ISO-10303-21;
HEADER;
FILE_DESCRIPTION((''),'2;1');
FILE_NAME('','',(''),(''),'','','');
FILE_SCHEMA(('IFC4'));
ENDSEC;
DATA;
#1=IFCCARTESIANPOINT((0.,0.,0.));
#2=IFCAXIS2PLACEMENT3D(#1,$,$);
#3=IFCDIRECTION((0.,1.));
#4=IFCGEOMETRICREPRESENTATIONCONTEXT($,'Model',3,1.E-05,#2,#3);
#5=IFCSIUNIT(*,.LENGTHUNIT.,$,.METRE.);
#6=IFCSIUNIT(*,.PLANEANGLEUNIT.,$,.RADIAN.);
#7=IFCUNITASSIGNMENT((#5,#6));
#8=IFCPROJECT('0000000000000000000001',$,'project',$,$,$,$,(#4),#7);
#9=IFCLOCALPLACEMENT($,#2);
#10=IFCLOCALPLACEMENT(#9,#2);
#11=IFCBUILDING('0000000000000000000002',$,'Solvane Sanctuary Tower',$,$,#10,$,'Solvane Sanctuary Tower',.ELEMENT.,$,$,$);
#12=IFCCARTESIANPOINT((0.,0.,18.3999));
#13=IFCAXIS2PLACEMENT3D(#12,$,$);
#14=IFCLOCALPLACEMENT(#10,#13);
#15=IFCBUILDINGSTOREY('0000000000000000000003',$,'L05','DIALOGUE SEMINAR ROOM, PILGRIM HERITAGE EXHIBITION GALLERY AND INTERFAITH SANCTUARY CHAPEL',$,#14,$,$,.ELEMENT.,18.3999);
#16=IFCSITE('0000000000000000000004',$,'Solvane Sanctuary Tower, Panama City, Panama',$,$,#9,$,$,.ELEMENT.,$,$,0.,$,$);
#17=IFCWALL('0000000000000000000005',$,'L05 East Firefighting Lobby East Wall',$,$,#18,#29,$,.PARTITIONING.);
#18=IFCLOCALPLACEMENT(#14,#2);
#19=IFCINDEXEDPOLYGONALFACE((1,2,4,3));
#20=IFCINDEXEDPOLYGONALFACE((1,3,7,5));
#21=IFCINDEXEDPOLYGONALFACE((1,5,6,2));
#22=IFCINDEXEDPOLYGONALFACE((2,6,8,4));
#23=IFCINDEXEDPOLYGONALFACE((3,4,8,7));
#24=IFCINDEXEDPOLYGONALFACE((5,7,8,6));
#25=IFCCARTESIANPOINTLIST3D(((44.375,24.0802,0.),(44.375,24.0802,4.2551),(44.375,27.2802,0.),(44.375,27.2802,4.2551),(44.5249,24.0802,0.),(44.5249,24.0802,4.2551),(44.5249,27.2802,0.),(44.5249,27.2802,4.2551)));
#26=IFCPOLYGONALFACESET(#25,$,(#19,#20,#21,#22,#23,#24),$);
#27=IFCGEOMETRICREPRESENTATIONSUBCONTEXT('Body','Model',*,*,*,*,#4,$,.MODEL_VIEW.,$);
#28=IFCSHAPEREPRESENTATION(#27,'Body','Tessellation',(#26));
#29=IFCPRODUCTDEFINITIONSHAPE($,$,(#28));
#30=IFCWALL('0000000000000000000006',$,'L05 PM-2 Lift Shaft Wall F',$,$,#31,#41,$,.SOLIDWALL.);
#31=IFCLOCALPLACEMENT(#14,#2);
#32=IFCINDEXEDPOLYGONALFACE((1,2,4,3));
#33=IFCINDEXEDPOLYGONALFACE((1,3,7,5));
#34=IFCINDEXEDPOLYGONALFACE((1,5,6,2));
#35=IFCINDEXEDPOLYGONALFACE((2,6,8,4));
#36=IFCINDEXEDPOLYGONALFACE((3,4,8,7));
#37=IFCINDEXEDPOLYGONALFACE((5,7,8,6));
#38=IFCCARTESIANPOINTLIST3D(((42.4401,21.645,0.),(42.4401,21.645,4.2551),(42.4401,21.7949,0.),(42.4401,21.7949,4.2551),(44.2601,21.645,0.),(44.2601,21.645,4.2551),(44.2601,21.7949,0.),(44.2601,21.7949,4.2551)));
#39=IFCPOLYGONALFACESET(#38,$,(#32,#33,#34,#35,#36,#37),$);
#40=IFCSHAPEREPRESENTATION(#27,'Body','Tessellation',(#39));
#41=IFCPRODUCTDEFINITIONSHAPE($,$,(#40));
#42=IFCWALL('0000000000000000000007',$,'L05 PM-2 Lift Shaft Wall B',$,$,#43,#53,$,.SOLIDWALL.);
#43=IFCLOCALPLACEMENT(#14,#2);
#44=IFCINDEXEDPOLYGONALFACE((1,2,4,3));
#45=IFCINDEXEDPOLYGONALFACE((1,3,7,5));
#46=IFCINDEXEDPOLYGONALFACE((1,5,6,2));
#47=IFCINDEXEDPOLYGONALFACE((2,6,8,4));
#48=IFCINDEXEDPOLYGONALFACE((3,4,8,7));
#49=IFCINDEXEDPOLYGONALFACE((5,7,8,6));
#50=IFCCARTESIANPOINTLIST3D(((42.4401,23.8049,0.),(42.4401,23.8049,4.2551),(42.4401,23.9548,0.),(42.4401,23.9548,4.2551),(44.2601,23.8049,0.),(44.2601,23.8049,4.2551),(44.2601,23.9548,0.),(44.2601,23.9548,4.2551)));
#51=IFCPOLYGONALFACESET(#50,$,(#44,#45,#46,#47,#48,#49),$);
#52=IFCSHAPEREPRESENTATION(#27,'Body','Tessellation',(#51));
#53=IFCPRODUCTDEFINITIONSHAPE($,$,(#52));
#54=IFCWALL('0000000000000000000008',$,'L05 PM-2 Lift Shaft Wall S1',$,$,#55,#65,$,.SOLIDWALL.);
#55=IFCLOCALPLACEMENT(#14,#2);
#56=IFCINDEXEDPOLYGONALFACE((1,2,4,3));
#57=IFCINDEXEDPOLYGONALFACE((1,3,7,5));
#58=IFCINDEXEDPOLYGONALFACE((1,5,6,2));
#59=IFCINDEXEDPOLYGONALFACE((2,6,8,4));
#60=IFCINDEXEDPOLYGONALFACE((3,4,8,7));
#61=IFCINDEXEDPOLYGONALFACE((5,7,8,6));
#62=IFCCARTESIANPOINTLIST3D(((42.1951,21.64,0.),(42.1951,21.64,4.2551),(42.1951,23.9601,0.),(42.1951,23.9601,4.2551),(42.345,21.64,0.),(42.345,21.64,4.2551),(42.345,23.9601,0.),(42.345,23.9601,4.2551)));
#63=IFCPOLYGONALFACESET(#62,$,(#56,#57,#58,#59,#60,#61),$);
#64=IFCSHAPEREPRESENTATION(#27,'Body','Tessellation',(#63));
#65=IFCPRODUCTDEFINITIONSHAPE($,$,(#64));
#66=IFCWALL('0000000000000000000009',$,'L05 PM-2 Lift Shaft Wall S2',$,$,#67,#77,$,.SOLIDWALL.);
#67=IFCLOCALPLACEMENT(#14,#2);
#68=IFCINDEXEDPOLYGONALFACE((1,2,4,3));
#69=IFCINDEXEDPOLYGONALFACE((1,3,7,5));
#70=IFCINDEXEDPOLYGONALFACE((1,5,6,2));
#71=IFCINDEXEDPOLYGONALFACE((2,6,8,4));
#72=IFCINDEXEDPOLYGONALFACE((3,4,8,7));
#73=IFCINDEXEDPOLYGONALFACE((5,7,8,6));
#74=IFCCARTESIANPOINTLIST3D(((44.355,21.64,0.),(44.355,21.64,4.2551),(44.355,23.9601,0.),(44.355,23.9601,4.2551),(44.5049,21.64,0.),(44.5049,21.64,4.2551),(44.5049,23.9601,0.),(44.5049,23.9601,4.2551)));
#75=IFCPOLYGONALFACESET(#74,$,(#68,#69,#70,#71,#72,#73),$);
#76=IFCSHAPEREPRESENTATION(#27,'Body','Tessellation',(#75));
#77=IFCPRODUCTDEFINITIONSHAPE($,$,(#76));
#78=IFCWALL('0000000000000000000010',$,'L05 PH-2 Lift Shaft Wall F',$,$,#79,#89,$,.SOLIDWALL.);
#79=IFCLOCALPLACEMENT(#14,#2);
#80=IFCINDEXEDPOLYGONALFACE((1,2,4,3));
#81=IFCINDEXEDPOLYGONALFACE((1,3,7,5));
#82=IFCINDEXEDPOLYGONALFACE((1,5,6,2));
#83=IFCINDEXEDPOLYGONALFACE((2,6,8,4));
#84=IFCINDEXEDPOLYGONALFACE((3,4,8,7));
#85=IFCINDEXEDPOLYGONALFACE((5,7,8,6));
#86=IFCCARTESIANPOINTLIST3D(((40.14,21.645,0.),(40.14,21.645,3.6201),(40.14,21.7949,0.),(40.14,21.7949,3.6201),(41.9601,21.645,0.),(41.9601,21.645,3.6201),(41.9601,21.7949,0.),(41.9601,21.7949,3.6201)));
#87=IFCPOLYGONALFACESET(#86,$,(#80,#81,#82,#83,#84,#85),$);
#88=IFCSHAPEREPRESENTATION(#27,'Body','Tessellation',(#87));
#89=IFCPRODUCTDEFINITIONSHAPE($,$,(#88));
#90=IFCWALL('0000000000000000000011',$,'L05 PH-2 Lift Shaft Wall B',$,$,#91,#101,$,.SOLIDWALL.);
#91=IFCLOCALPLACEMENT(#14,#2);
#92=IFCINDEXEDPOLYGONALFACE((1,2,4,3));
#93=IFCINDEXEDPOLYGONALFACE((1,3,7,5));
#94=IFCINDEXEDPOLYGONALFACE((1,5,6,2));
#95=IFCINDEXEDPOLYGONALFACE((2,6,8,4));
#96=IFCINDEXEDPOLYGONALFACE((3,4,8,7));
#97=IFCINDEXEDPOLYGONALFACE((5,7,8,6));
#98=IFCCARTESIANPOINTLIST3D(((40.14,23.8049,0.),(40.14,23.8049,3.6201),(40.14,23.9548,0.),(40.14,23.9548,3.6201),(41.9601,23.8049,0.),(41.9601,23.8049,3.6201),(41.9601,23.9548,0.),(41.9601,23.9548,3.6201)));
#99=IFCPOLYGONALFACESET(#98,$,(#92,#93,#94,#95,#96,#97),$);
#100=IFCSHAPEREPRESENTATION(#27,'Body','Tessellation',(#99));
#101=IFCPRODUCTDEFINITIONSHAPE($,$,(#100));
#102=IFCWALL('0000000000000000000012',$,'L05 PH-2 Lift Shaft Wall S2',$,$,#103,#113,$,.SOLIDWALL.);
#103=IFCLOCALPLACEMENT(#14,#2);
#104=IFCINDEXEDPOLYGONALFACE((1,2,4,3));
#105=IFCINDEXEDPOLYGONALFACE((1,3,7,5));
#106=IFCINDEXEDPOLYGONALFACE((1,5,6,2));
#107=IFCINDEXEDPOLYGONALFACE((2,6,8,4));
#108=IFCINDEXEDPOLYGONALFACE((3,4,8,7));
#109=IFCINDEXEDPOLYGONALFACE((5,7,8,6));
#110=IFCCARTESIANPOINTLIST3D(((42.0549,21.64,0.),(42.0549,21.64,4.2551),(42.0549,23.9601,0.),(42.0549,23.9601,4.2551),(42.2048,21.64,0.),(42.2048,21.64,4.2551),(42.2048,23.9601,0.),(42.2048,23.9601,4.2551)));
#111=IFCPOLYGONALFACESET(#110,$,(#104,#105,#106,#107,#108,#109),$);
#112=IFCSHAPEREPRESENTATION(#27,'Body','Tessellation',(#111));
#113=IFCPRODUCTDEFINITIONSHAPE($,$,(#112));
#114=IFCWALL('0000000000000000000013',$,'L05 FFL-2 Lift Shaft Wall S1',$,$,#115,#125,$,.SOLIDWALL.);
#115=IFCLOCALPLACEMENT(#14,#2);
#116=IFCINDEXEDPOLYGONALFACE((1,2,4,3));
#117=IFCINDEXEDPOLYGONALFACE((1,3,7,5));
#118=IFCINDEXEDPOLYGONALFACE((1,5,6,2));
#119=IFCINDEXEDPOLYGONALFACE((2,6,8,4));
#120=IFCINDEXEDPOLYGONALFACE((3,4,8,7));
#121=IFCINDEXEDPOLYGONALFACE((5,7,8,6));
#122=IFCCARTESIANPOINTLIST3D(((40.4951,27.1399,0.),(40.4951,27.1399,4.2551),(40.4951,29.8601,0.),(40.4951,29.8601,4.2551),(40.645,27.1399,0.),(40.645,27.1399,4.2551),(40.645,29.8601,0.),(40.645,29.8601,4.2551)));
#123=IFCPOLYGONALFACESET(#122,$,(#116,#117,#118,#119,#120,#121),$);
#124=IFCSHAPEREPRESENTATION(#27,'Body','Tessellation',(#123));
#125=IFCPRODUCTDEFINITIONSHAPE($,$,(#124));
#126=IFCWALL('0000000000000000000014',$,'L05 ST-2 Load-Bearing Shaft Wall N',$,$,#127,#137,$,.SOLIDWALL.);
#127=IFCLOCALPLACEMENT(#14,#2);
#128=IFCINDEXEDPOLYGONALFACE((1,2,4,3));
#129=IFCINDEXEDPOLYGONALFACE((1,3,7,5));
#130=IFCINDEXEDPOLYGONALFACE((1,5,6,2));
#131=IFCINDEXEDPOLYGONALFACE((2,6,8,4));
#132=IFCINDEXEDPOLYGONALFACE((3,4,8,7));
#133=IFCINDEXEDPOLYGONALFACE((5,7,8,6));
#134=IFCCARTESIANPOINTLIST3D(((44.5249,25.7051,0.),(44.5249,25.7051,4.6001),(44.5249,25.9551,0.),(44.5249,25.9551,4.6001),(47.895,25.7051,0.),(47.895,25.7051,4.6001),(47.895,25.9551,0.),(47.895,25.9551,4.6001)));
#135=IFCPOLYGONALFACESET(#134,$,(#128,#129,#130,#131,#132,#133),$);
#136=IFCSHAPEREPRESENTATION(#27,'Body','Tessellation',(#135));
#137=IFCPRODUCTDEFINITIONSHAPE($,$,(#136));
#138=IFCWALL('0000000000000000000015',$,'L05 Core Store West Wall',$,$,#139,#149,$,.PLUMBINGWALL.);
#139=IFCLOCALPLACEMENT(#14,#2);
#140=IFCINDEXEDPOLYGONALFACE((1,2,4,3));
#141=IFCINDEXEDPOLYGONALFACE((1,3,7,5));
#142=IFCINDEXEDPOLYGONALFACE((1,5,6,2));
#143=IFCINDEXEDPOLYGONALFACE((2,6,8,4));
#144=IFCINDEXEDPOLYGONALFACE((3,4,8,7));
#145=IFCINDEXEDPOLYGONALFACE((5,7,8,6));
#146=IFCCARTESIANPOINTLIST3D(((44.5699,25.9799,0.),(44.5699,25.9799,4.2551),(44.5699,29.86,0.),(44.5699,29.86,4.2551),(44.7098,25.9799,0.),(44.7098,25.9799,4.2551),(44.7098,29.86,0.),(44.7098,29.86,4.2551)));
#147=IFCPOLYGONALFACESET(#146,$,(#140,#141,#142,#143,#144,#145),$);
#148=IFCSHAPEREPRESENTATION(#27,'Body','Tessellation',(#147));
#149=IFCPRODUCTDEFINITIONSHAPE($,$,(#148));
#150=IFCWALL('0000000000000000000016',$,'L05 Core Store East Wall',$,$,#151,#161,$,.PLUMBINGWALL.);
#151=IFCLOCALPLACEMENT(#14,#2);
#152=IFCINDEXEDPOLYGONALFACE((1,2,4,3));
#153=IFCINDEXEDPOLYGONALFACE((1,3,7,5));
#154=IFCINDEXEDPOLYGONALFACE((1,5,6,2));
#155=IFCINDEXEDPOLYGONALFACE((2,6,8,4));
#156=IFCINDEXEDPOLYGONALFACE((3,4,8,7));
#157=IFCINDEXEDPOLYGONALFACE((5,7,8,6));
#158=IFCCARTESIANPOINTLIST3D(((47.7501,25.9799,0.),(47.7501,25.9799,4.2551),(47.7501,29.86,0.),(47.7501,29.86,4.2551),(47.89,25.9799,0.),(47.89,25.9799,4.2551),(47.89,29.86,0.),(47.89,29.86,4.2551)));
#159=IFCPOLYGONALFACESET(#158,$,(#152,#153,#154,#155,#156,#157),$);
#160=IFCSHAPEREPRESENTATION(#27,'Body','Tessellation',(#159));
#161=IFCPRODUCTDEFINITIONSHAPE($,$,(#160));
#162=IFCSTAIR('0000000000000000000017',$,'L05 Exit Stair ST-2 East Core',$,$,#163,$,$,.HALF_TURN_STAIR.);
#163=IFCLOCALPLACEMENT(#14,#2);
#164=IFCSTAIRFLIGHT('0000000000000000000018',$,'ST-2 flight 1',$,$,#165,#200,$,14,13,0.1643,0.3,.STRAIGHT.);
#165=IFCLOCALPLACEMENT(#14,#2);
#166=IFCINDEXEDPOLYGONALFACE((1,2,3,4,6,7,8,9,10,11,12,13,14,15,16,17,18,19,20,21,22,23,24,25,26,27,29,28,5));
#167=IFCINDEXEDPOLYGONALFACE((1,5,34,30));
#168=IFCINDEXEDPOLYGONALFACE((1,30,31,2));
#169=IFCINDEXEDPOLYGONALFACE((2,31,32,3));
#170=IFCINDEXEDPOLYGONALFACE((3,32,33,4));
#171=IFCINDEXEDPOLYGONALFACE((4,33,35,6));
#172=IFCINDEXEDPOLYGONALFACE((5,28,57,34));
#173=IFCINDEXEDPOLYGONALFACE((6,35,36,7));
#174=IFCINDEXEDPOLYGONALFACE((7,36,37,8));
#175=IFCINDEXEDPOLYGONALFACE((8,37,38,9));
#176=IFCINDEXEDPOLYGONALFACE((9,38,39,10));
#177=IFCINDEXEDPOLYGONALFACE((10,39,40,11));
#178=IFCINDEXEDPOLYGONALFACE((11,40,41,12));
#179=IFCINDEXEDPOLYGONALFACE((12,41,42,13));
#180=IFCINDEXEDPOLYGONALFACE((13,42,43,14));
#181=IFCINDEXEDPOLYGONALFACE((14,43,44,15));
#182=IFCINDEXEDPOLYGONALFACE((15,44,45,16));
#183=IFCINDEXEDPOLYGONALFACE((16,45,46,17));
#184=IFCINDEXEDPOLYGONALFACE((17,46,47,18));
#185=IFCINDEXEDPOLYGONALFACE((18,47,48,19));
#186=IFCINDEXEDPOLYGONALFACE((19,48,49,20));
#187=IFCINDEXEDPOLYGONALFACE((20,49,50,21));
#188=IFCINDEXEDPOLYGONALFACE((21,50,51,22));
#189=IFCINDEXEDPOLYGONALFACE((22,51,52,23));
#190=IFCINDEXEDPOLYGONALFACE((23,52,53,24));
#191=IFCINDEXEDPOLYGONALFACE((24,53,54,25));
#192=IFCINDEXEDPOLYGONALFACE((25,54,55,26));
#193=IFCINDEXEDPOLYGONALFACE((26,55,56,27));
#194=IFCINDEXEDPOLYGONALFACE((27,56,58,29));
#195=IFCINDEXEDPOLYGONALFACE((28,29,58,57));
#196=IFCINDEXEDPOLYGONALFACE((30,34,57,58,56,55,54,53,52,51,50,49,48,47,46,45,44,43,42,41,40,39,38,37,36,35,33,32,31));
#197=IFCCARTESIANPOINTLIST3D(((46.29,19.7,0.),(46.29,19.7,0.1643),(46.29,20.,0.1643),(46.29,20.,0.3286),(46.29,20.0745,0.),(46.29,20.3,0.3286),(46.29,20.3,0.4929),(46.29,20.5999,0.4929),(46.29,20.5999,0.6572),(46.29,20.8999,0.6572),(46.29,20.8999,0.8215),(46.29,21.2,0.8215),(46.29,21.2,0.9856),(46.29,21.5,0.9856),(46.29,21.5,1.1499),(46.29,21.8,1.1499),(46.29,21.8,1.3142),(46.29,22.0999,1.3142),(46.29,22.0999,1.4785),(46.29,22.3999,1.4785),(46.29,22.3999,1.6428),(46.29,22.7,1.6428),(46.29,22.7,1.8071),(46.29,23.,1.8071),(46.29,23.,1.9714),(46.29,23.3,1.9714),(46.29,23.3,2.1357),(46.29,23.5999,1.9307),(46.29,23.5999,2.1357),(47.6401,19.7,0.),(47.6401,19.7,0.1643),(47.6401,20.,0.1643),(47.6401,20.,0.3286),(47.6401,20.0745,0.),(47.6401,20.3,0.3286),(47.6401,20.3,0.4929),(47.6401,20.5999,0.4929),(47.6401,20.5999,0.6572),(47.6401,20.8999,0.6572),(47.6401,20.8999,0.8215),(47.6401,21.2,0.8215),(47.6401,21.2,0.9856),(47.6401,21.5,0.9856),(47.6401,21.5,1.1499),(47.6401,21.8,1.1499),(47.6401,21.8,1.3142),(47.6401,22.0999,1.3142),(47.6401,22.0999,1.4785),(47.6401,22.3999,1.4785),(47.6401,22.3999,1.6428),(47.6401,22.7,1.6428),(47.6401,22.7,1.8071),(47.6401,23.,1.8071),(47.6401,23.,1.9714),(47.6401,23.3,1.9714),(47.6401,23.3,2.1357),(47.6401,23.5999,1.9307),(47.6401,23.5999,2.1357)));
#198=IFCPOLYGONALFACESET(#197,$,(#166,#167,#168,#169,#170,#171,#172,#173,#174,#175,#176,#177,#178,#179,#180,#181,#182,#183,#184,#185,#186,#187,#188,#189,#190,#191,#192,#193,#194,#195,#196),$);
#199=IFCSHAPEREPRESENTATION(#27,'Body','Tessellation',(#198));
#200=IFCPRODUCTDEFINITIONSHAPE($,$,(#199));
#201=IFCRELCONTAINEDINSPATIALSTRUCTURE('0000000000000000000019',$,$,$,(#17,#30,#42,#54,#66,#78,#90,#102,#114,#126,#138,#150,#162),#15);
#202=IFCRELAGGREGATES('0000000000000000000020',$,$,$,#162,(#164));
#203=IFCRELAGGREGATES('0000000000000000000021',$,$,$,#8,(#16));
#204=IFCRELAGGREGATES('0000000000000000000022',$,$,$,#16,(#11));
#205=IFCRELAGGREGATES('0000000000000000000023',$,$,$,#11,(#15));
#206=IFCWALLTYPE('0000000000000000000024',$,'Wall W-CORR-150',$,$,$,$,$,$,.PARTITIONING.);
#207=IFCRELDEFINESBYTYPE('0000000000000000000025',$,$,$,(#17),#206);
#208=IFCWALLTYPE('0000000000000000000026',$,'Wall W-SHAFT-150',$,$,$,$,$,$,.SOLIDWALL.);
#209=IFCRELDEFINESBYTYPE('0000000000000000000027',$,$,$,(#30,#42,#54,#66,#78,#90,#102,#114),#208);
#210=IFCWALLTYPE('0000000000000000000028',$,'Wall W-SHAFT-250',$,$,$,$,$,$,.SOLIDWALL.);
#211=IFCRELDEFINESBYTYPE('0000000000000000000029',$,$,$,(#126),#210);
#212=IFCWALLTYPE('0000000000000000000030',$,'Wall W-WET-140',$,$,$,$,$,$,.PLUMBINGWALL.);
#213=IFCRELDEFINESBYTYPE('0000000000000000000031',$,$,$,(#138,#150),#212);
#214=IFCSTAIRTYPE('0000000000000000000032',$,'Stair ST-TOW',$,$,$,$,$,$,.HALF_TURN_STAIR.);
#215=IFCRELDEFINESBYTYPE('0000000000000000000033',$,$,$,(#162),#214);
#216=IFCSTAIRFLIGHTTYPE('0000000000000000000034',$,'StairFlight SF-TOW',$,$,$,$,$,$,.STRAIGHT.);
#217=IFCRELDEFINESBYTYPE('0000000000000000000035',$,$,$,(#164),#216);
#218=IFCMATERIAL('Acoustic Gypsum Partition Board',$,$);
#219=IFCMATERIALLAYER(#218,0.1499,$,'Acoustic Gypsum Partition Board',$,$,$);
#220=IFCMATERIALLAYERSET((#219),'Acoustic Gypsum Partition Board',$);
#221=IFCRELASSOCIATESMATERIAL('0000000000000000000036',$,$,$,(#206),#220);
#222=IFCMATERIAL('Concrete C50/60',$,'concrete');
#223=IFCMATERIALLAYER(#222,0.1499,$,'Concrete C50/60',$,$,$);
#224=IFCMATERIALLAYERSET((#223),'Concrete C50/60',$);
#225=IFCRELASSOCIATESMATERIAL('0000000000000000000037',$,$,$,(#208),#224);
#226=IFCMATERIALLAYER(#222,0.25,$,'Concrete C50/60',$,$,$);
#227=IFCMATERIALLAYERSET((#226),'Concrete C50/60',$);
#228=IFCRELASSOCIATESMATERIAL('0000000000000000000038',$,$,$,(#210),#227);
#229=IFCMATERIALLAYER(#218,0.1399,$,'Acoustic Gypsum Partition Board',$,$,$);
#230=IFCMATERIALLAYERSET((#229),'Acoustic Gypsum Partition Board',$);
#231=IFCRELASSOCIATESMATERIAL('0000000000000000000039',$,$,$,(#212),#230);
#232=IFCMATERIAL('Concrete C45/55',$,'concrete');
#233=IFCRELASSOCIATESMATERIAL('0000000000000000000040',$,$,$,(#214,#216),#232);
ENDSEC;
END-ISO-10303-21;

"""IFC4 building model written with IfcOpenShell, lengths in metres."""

from ifc_helpers import new_model, si_unit, direction, frame, frame_2d, origin, place, context, subcontext, project, spatial, polyline, rectangle, outline, extrude, material, layer, layer_set, type_object, element, aggregate, save


model = new_model("IFC4")

# Units and contexts
model_context = context("Model", 3, precision=1e-05, world=origin(), true_north=direction((0.0, 1.0)))
body_context = subcontext(model_context, "Body", "Model", "MODEL_VIEW")
ifc_project = project(units=[si_unit("LENGTHUNIT", "METRE"), si_unit("PLANEANGLEUNIT", "RADIAN")], contexts=[model_context])

# Site, building, storey
site_placement = place(None, origin())
site = spatial("IfcSite", under=ifc_project, at=site_placement, Name="Solvane Sanctuary Tower, Panama City, Panama", CompositionType="ELEMENT", RefElevation=0.0)
building_placement = place(site_placement, origin())
building = spatial("IfcBuilding", under=site, at=building_placement, Name="Solvane Sanctuary Tower", LongName="Solvane Sanctuary Tower", CompositionType="ELEMENT")
storey_placement = place(building_placement, frame((0.0, 0.0, 18.3999)))
storey = spatial("IfcBuildingStorey", under=building, at=storey_placement, Name="L05", Description="DIALOGUE SEMINAR ROOM, PILGRIM HERITAGE EXHIBITION GALLERY AND INTERFAITH SANCTUARY CHAPEL", CompositionType="ELEMENT", Elevation=18.3999)

# Walls
ifc_material_1 = material(Name="Acoustic Gypsum Partition Board")
ifc_layer_1 = layer(ifc_material_1, 0.1499, Name="Acoustic Gypsum Partition Board")
ifc_layer_set_1 = layer_set([ifc_layer_1], Name="Acoustic Gypsum Partition Board")
wall_type_1 = type_object("IfcWallType", Name="Wall W-CORR-150", PredefinedType="PARTITIONING", material=ifc_layer_set_1)
wall_1_placement = place(storey_placement, frame((44.45, 24.0801, 0.0), z_axis=(0.0, 0.0, 1.0), x_axis=(0.0, 1.0, 0.0)))
element("IfcWall", 1, at=wall_1_placement, inside=storey, type_object=wall_type_1, Name="L05 East Firefighting Lobby East Wall", PredefinedType="PARTITIONING", context=body_context, shape_type="SweptSolid", body=[
    extrude(rectangle(XDim=3.2, YDim=0.1499, at=frame_2d((1.6001, 0.0))), origin(), (0.0, 0.0, 1.0), 4.2551),
])
ifc_material_2 = material(Name="Concrete C50/60", Category="concrete")
ifc_layer_2 = layer(ifc_material_2, 0.1499, Name="Concrete C50/60")
ifc_layer_set_2 = layer_set([ifc_layer_2], Name="Concrete C50/60")
wall_type_2 = type_object("IfcWallType", Name="Wall W-SHAFT-150", PredefinedType="SOLIDWALL", material=ifc_layer_set_2)
for number, where, z_axis, x_axis, name in (
    (2, (42.4399, 21.72, 0.0), (0.0, 0.0, 1.0), (1.0, 0.0, 0.0), "L05 PM-2 Lift Shaft Wall F"),
    (3, (42.4399, 23.8799, 0.0), (0.0, 0.0, 1.0), (1.0, 0.0, 0.0), "L05 PM-2 Lift Shaft Wall B"),
):
    element("IfcWall", number, at=place(storey_placement, frame(where, z_axis=z_axis, x_axis=x_axis)), inside=storey, type_object=wall_type_2, Name=name, PredefinedType="SOLIDWALL", context=body_context, shape_type="SweptSolid", body=[
        extrude(rectangle(XDim=1.8201, YDim=0.1499, at=frame_2d((0.9102, 0.0))), origin(), (0.0, 0.0, 1.0), 4.2551),
    ])
for number, where, z_axis, x_axis, name in (
    (4, (42.27, 21.6399, 0.0), (0.0, 0.0, 1.0), (0.0, 1.0, 0.0), "L05 PM-2 Lift Shaft Wall S1"),
    (5, (44.4299, 21.6399, 0.0), (0.0, 0.0, 1.0), (0.0, 1.0, 0.0), "L05 PM-2 Lift Shaft Wall S2"),
):
    element("IfcWall", number, at=place(storey_placement, frame(where, z_axis=z_axis, x_axis=x_axis)), inside=storey, type_object=wall_type_2, Name=name, PredefinedType="SOLIDWALL", context=body_context, shape_type="SweptSolid", body=[
        extrude(rectangle(XDim=2.3201, YDim=0.1499, at=frame_2d((1.1602, 0.0))), origin(), (0.0, 0.0, 1.0), 4.2551),
    ])
for number, where, z_axis, x_axis, name in (
    (6, (40.1399, 21.72, 0.0), (0.0, 0.0, 1.0), (1.0, 0.0, 0.0), "L05 PH-2 Lift Shaft Wall F"),
    (7, (40.1399, 23.8799, 0.0), (0.0, 0.0, 1.0), (1.0, 0.0, 0.0), "L05 PH-2 Lift Shaft Wall B"),
):
    element("IfcWall", number, at=place(storey_placement, frame(where, z_axis=z_axis, x_axis=x_axis)), inside=storey, type_object=wall_type_2, Name=name, PredefinedType="SOLIDWALL", context=body_context, shape_type="SweptSolid", body=[
        extrude(rectangle(XDim=1.8201, YDim=0.1499, at=frame_2d((0.9102, 0.0))), origin(), (0.0, 0.0, 1.0), 3.6201),
    ])
wall_2_placement = place(storey_placement, frame((42.1299, 21.6399, 0.0), z_axis=(0.0, 0.0, 1.0), x_axis=(0.0, 1.0, 0.0)))
element("IfcWall", 8, at=wall_2_placement, inside=storey, type_object=wall_type_2, Name="L05 PH-2 Lift Shaft Wall S2", PredefinedType="SOLIDWALL", context=body_context, shape_type="SweptSolid", body=[
    extrude(rectangle(XDim=2.3201, YDim=0.1499, at=frame_2d((1.1602, 0.0))), origin(), (0.0, 0.0, 1.0), 4.2551),
])
wall_3_placement = place(storey_placement, frame((40.5701, 27.1399, 0.0), z_axis=(0.0, 0.0, 1.0), x_axis=(0.0, 1.0, 0.0)))
element("IfcWall", 9, at=wall_3_placement, inside=storey, type_object=wall_type_2, Name="L05 FFL-2 Lift Shaft Wall S1", PredefinedType="SOLIDWALL", context=body_context, shape_type="SweptSolid", body=[
    extrude(rectangle(XDim=2.7202, YDim=0.1499, at=frame_2d((1.3601, 0.0))), origin(), (0.0, 0.0, 1.0), 4.2551),
])
ifc_layer_3 = layer(ifc_material_2, 0.25, Name="Concrete C50/60")
ifc_layer_set_3 = layer_set([ifc_layer_3], Name="Concrete C50/60")
wall_type_3 = type_object("IfcWallType", Name="Wall W-SHAFT-250", PredefinedType="SOLIDWALL", material=ifc_layer_set_3)
wall_4_placement = place(storey_placement, frame((44.5249, 25.8301, 0.0), z_axis=(0.0, 0.0, 1.0), x_axis=(1.0, 0.0, 0.0)))
element("IfcWall", 10, at=wall_4_placement, inside=storey, type_object=wall_type_3, Name="L05 ST-2 Load-Bearing Shaft Wall N", PredefinedType="SOLIDWALL", context=body_context, shape_type="SweptSolid", body=[
    extrude(rectangle(XDim=3.3701, YDim=0.25, at=frame_2d((1.6851, 0.0))), origin(), (0.0, 0.0, 1.0), 4.6001),
])
ifc_layer_4 = layer(ifc_material_1, 0.1399, Name="Acoustic Gypsum Partition Board")
ifc_layer_set_4 = layer_set([ifc_layer_4], Name="Acoustic Gypsum Partition Board")
wall_type_4 = type_object("IfcWallType", Name="Wall W-WET-140", PredefinedType="PLUMBINGWALL", material=ifc_layer_set_4)
for number, where, z_axis, x_axis, name in (
    (11, (44.6399, 25.98, 0.0), (0.0, 0.0, 1.0), (0.0, 1.0, 0.0), "L05 Core Store West Wall"),
    (12, (47.8201, 25.98, 0.0), (0.0, 0.0, 1.0), (0.0, 1.0, 0.0), "L05 Core Store East Wall"),
):
    element("IfcWall", number, at=place(storey_placement, frame(where, z_axis=z_axis, x_axis=x_axis)), inside=storey, type_object=wall_type_4, Name=name, PredefinedType="PLUMBINGWALL", context=body_context, shape_type="SweptSolid", body=[
        extrude(rectangle(XDim=3.8801, YDim=0.1399, at=frame_2d((1.9399, 0.0))), origin(), (0.0, 0.0, 1.0), 4.2551),
    ])

# Stair, stair flight
ifc_material_3 = material(Name="Concrete C45/55", Category="concrete")
stair_type = type_object("IfcStairType", Name="Stair ST-TOW", PredefinedType="HALF_TURN_STAIR", material=ifc_material_3)
stair_placement = place(storey_placement, origin())
stair = element("IfcStair", 13, at=stair_placement, inside=storey, type_object=stair_type, Name="L05 Exit Stair ST-2 East Core", PredefinedType="HALF_TURN_STAIR")
stair_flight_type = type_object("IfcStairFlightType", Name="StairFlight SF-TOW", PredefinedType="STRAIGHT", material=ifc_material_3)
stair_flight_1_placement = place(storey_placement, frame((46.9651, 19.7, 0.0), z_axis=(0.0, 0.0, 1.0), x_axis=(0.0, 1.0, 0.0)))
stair_flight_1 = element("IfcStairFlight", 14, at=stair_flight_1_placement, type_object=stair_flight_type, Name="ST-2 flight 1", NumberOfRisers=14, NumberOfTreads=13, PredefinedType="STRAIGHT", RiserHeight=0.1643, TreadLength=0.3, context=body_context, shape_type="SweptSolid", body=[
    extrude(outline(polyline([(0.0, 0.0), (0.0, 0.1643), (0.3, 0.1643), (0.3, 0.3286), (0.6001, 0.3286), (0.6001, 0.4929), (0.8999, 0.4929), (0.8999, 0.6572), (1.2, 0.6572), (1.2, 0.8215), (1.5, 0.8215), (1.5, 0.9856), (1.8, 0.9856), (1.8, 1.1499), (2.1001, 1.1499), (2.1001, 1.3142), (2.3999, 1.3142), (2.3999, 1.4785), (2.7, 1.4785), (2.7, 1.6428), (3.0, 1.6428), (3.0, 1.8071), (3.3, 1.8071), (3.3, 1.9714), (3.6001, 1.9714), (3.6001, 2.1357), (3.8999, 2.1357), (3.8999, 2.3), (3.8999, 1.9307), (0.3745, 0.0), (0.0, 0.0)])), frame((0.0, 0.675, 0.0), z_axis=(0.0, -1.0, 0.0), x_axis=(1.0, 0.0, 0.0)), (0.0, 0.0, 1.0), 1.3501),
])
aggregate(stair, [stair_flight_1])

save(model, "model.ifc")
